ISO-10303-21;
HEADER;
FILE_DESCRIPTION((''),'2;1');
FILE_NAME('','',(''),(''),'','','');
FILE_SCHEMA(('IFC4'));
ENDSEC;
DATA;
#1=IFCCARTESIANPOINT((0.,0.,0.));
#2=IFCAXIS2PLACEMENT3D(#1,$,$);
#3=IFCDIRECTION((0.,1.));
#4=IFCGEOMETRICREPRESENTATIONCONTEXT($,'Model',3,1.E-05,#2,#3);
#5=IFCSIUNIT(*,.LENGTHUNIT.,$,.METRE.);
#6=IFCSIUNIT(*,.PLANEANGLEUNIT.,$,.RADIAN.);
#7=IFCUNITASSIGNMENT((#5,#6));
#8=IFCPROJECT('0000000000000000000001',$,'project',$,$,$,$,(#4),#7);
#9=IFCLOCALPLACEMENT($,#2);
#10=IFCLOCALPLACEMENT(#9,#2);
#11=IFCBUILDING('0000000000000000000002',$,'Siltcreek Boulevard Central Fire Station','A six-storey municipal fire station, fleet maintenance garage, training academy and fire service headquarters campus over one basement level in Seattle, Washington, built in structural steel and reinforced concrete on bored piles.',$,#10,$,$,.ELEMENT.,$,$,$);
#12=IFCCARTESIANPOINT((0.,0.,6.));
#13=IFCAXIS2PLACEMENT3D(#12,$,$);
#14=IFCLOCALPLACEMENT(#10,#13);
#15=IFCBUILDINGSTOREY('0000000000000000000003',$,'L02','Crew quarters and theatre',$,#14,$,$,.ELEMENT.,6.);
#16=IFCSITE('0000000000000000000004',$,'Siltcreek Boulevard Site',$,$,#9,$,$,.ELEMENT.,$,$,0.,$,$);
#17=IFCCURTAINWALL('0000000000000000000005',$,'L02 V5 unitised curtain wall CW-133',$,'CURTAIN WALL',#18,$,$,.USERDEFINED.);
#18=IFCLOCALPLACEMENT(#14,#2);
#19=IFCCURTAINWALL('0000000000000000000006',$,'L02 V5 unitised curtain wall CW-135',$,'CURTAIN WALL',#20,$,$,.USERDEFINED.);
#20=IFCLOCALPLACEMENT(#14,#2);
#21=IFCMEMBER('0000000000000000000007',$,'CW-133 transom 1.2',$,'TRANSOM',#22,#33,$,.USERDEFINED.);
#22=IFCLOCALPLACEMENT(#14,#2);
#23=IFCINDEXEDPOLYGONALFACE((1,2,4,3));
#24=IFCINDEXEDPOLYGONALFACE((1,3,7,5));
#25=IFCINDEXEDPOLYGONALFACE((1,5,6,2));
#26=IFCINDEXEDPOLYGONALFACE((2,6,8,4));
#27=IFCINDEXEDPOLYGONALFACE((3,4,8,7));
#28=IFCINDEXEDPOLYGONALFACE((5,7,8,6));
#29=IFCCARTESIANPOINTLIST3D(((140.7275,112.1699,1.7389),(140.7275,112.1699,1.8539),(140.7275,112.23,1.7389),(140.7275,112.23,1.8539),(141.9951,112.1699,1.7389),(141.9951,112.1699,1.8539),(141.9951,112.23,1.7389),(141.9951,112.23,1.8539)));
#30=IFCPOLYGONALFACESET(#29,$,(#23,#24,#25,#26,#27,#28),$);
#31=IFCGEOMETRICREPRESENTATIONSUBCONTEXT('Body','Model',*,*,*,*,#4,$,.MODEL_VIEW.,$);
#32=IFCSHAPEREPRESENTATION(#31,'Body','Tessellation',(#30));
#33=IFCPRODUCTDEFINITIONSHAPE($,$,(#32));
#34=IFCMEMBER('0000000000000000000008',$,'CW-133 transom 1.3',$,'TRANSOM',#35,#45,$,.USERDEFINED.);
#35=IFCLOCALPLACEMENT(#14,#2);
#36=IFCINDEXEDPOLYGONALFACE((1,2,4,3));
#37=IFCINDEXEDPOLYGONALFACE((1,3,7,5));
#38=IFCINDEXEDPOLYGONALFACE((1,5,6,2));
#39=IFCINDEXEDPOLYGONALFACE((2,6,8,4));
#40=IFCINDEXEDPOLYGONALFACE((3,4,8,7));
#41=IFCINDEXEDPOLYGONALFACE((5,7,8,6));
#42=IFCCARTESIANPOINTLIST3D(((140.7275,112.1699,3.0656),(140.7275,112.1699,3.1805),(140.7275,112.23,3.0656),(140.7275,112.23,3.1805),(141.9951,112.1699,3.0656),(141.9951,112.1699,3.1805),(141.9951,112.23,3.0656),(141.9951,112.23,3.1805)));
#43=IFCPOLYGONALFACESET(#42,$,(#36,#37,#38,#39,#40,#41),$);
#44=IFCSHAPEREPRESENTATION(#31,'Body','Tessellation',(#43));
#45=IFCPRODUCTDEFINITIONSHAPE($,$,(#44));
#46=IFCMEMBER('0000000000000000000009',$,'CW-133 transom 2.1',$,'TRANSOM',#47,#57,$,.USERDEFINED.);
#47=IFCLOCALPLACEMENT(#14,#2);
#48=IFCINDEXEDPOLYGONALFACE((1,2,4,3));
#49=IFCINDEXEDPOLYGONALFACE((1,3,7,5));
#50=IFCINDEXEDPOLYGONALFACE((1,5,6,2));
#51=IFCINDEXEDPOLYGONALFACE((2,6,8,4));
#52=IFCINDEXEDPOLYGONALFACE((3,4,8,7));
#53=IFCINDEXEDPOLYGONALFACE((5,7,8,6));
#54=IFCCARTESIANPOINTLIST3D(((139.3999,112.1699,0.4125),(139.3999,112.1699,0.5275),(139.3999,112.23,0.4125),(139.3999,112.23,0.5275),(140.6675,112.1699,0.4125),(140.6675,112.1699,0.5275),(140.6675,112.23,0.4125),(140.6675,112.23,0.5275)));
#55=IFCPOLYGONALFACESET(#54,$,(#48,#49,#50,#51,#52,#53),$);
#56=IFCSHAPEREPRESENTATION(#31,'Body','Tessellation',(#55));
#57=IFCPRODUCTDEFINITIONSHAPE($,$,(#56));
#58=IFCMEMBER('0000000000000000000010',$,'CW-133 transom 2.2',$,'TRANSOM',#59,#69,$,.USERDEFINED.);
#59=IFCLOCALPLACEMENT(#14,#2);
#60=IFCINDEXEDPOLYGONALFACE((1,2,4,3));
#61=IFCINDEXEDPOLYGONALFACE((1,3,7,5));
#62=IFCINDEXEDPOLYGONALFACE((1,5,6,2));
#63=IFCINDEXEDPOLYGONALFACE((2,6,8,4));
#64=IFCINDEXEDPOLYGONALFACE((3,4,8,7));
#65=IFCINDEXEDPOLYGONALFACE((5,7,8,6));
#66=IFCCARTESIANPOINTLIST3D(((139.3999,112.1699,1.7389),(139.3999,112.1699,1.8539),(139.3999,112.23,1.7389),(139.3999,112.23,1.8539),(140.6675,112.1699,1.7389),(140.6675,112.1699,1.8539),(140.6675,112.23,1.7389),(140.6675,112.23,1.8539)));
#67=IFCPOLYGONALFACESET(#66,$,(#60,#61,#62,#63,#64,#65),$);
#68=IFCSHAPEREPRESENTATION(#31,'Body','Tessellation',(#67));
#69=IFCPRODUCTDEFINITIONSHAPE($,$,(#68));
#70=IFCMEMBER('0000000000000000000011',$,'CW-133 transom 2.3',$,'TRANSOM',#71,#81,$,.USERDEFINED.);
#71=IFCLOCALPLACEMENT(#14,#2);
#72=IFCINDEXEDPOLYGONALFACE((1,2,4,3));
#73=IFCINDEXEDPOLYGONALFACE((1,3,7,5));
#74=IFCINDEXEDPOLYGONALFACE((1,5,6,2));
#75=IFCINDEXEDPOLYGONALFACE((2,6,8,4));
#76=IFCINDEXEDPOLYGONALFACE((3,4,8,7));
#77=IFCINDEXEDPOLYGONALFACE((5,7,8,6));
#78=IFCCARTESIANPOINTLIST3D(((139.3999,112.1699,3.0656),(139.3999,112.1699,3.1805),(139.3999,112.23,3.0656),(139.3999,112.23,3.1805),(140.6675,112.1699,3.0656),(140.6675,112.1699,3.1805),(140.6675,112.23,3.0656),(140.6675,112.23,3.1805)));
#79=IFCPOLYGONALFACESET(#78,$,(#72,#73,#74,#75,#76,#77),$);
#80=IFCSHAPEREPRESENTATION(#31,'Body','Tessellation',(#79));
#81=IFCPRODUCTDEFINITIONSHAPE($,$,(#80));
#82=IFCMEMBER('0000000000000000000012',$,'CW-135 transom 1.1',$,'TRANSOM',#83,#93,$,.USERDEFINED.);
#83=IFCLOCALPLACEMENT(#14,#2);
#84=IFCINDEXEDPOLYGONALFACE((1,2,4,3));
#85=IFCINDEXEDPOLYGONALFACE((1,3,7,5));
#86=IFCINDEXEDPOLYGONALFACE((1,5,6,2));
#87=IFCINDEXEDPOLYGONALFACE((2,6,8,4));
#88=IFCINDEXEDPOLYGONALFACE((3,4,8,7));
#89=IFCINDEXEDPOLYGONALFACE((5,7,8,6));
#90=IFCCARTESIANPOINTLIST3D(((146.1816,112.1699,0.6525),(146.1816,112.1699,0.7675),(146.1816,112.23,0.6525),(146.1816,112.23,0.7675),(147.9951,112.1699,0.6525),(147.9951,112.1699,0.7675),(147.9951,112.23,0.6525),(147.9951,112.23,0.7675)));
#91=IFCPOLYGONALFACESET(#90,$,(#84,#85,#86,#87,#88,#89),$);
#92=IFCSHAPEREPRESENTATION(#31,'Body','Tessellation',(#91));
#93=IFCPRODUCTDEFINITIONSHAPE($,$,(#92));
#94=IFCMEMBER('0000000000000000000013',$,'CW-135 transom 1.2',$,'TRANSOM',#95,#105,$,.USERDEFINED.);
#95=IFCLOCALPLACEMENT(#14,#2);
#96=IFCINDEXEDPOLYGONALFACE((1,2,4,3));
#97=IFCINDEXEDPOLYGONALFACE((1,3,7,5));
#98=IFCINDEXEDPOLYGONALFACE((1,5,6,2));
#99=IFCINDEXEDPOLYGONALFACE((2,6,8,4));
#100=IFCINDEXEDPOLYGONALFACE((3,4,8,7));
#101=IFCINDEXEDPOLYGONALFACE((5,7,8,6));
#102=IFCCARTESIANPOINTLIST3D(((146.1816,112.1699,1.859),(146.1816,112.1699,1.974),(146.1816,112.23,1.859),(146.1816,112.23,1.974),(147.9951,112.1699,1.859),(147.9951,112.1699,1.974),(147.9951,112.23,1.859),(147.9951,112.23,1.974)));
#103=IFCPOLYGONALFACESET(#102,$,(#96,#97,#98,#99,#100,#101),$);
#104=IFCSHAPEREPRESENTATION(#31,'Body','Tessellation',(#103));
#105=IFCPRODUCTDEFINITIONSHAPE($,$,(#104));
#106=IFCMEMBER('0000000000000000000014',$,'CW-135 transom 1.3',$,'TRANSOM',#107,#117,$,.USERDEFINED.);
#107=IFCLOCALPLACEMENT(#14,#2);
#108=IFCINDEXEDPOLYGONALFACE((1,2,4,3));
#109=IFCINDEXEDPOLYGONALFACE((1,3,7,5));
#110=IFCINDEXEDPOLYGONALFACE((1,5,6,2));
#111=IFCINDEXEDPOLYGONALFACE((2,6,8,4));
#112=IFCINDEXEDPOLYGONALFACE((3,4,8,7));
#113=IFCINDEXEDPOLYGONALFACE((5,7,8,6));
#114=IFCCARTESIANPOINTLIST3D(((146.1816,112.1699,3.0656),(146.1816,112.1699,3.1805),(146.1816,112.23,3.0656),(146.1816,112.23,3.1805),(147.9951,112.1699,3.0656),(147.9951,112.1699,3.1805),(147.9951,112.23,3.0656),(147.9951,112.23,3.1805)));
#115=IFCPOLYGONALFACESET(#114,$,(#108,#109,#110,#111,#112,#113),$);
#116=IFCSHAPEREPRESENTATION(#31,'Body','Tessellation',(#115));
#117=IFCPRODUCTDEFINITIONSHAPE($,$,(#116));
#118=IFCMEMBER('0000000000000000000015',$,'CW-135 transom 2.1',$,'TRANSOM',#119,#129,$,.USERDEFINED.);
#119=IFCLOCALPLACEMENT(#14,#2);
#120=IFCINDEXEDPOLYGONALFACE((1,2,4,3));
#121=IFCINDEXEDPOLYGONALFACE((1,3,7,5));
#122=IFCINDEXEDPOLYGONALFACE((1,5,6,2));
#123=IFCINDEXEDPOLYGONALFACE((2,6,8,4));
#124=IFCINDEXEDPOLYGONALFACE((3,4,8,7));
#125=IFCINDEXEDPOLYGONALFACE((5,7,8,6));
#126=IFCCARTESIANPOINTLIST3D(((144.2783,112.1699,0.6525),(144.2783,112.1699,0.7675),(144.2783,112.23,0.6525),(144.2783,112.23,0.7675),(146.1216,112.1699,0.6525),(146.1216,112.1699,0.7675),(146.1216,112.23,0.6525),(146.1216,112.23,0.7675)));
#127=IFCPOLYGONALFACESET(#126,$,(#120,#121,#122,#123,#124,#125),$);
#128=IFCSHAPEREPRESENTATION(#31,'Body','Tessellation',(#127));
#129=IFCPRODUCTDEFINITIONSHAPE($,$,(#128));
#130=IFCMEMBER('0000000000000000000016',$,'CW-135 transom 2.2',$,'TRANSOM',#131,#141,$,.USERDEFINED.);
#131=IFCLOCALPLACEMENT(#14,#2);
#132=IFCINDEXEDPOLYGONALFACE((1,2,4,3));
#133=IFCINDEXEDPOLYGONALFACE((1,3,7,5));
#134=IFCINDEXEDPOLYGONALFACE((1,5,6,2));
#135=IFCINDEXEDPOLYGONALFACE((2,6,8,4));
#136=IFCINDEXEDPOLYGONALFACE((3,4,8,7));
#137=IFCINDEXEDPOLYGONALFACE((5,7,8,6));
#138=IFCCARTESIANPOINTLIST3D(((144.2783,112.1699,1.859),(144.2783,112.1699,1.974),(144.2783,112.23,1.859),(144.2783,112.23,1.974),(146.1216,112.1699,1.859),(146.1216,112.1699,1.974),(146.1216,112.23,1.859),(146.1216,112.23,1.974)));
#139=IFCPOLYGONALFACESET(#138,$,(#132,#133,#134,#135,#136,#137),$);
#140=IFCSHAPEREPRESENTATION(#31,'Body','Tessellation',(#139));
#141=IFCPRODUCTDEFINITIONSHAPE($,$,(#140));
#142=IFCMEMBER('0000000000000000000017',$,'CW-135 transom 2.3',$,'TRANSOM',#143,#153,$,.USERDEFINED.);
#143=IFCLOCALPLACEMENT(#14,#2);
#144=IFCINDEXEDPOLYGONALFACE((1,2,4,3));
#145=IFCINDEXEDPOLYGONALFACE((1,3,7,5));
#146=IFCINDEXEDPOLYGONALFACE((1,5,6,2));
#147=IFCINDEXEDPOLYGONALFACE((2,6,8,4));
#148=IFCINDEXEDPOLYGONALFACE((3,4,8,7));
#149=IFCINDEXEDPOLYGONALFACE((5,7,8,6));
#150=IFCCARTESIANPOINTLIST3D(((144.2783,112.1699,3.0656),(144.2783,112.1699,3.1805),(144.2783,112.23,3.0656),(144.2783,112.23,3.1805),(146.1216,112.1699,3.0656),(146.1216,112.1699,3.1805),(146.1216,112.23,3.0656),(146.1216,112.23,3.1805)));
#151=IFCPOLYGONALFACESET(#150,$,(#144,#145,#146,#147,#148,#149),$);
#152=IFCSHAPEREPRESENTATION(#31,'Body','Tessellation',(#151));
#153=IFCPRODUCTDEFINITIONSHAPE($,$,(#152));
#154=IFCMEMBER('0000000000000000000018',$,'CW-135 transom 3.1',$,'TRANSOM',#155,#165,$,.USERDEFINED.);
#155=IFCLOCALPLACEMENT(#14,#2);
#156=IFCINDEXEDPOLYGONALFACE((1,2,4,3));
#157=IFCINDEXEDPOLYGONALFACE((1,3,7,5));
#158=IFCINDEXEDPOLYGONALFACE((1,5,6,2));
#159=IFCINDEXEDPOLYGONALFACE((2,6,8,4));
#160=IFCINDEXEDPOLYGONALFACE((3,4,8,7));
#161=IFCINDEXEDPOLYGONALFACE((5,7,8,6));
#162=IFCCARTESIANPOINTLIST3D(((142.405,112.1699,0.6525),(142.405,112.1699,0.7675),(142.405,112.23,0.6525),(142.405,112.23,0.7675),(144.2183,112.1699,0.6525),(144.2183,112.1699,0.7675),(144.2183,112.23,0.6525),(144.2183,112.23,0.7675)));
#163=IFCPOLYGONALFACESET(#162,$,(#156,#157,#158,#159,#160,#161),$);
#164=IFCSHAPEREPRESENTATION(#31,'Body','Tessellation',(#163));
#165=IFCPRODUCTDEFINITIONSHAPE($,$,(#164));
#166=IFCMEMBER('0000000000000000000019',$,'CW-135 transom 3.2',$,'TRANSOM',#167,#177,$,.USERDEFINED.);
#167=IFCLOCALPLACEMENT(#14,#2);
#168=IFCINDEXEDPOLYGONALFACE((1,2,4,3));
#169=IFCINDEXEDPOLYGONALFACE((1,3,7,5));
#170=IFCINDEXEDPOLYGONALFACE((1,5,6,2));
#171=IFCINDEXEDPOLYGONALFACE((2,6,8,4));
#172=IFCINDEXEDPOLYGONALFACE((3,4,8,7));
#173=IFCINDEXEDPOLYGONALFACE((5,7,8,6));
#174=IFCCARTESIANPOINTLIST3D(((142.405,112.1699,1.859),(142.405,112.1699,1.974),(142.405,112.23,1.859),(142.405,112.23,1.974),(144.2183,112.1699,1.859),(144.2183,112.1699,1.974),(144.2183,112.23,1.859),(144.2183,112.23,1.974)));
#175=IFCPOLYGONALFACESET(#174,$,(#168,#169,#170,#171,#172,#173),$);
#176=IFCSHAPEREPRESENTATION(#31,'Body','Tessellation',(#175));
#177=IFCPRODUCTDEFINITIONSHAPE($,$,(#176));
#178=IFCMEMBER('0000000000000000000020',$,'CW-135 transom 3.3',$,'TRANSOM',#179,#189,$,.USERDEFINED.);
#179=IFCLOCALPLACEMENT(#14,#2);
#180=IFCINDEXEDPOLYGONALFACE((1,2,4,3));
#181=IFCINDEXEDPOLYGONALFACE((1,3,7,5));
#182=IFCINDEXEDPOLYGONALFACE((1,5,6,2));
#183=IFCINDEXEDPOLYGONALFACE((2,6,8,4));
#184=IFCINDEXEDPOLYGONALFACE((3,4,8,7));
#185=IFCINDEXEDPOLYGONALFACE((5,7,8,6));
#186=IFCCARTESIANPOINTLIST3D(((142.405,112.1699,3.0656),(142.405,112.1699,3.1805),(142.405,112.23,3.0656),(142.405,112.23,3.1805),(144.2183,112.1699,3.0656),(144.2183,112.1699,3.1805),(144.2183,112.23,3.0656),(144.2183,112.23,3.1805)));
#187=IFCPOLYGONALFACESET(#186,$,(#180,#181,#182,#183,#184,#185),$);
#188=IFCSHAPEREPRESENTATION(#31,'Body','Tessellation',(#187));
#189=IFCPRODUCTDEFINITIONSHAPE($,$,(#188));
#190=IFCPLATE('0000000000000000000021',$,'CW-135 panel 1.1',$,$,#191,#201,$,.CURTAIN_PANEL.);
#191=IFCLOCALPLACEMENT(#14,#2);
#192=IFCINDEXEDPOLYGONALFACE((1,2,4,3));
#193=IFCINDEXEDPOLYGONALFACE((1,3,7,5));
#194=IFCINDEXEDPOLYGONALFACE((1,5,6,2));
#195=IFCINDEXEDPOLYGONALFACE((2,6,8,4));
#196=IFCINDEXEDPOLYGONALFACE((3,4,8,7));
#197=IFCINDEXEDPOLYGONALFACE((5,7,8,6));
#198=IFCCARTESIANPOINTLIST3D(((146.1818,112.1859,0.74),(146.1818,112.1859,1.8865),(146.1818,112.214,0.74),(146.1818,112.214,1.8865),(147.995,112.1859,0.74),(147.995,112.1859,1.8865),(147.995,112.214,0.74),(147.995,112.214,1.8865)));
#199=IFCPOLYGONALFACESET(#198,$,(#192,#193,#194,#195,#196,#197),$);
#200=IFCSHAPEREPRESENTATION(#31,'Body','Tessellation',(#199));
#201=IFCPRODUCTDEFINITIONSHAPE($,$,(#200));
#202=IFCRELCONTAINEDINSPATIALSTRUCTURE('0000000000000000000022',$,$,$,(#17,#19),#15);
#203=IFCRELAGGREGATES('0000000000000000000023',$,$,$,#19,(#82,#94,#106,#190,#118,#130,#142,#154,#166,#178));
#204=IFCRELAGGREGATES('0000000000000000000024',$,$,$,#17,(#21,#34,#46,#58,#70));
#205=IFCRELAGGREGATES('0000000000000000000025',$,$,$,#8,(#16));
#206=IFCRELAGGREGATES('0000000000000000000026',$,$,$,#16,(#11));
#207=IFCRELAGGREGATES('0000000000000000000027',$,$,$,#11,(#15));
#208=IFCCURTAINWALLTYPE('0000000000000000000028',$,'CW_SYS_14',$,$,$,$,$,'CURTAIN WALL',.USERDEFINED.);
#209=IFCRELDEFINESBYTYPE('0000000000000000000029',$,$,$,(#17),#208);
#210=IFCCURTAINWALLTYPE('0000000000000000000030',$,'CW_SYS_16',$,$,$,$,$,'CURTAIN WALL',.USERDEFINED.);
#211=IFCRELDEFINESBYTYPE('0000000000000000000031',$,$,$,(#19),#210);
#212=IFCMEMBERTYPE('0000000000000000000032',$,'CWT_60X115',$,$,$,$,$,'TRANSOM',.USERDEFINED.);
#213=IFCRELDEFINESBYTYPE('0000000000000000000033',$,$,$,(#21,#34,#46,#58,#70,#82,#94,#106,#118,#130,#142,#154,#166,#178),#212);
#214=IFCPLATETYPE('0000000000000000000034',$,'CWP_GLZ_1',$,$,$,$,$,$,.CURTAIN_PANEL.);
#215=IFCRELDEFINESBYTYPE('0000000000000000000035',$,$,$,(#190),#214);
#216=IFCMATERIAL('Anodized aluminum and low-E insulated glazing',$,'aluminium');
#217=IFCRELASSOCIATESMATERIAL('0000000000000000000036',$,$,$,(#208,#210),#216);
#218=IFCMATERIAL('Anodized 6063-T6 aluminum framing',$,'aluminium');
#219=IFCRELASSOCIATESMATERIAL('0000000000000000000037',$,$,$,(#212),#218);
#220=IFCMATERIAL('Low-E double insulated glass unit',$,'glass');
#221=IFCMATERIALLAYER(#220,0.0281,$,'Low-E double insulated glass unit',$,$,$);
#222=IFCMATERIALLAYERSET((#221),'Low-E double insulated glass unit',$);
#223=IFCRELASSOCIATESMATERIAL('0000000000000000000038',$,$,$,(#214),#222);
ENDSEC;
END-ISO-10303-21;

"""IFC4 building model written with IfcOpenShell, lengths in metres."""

from ifc_helpers import new_model, si_unit, direction, frame, origin, origin_2d, place, context, subcontext, project, spatial, rectangle, extrude, material, layer, layer_set, material_profile, profile_set, type_object, element, aggregate, save


model = new_model("IFC4")

# Units and contexts
model_context = context("Model", 3, precision=1e-05, world=origin(), true_north=direction((0.0, 1.0)))
body_context = subcontext(model_context, "Body", "Model", "MODEL_VIEW")
ifc_project = project(units=[si_unit("LENGTHUNIT", "METRE"), si_unit("PLANEANGLEUNIT", "RADIAN")], contexts=[model_context])

# Site, building, storey
site_placement = place(None, origin())
site = spatial("IfcSite", under=ifc_project, at=site_placement, Name="Siltcreek Boulevard Site", CompositionType="ELEMENT", RefElevation=0.0)
building_placement = place(site_placement, origin())
building = spatial("IfcBuilding", under=site, at=building_placement, Name="Siltcreek Boulevard Central Fire Station", Description="A six-storey municipal fire station, fleet maintenance garage, training academy and fire service headquarters campus over one basement level in Seattle, Washington, built in structural steel and reinforced concrete on bored piles.", CompositionType="ELEMENT")
storey_placement = place(building_placement, frame((0.0, 0.0, 6.0)))
storey = spatial("IfcBuildingStorey", under=building, at=storey_placement, Name="L02", Description="Crew quarters and theatre", CompositionType="ELEMENT", Elevation=6.0)

# Curtain walls
ifc_material_1 = material(Name="Anodized aluminum and low-E insulated glazing", Category="aluminium")
curtain_wall_type_1 = type_object("IfcCurtainWallType", Name="CW_SYS_14", ElementType="CURTAIN WALL", PredefinedType="USERDEFINED", material=ifc_material_1)
curtain_wall_1_placement = place(storey_placement, origin())
curtain_wall_1 = element("IfcCurtainWall", 1, at=curtain_wall_1_placement, inside=storey, type_object=curtain_wall_type_1, Name="L02 V5 unitised curtain wall CW-133", ObjectType="CURTAIN WALL", PredefinedType="USERDEFINED")
ifc_material_2 = material(Name="Anodized 6063-T6 aluminum framing", Category="aluminium")
curtain_wall_type_2 = type_object("IfcCurtainWallType", Name="CW_SYS_16", ElementType="CURTAIN WALL", PredefinedType="USERDEFINED", material=ifc_material_1)
curtain_wall_2_placement = place(storey_placement, origin())
curtain_wall_2 = element("IfcCurtainWall", 2, at=curtain_wall_2_placement, inside=storey, type_object=curtain_wall_type_2, Name="L02 V5 unitised curtain wall CW-135", ObjectType="CURTAIN WALL", PredefinedType="USERDEFINED")

# Members
ifc_material_profile_1 = material_profile(ifc_material_2, rectangle(XDim=0.0601, YDim=0.115, at=origin_2d()), Name="TRAN60X115")
ifc_profile_set_1 = profile_set([ifc_material_profile_1], Name="Anodized 6063-T6 aluminum framing")
member_type_1 = type_object("IfcMemberType", Name="CWT_60X115", ElementType="TRANSOM", PredefinedType="USERDEFINED", material=ifc_profile_set_1)
member_1_placement = place(storey_placement, frame((141.9951, 112.2, 1.7964), z_axis=(-1.0, 0.0, 0.0), x_axis=(0.0, -1.0, 0.0)))
member_1 = element("IfcMember", 3, at=member_1_placement, type_object=member_type_1, Name="CW-133 transom 1.2", ObjectType="TRANSOM", PredefinedType="USERDEFINED", context=body_context, shape_type="SweptSolid", body=[
    extrude(rectangle(XDim=0.0601, YDim=0.115, at=origin_2d()), origin(), (0.0, 0.0, 1.0), 1.2676),
])
member_2_placement = place(storey_placement, frame((141.9951, 112.2, 3.123), z_axis=(-1.0, 0.0, 0.0), x_axis=(0.0, -1.0, 0.0)))
member_2 = element("IfcMember", 4, at=member_2_placement, type_object=member_type_1, Name="CW-133 transom 1.3", ObjectType="TRANSOM", PredefinedType="USERDEFINED", context=body_context, shape_type="SweptSolid", body=[
    extrude(rectangle(XDim=0.0601, YDim=0.115, at=origin_2d()), origin(), (0.0, 0.0, 1.0), 1.2676),
])
member_3_placement = place(storey_placement, frame((140.6675, 112.2, 0.47), z_axis=(-1.0, 0.0, 0.0), x_axis=(0.0, -1.0, 0.0)))
member_3 = element("IfcMember", 5, at=member_3_placement, type_object=member_type_1, Name="CW-133 transom 2.1", ObjectType="TRANSOM", PredefinedType="USERDEFINED", context=body_context, shape_type="SweptSolid", body=[
    extrude(rectangle(XDim=0.0601, YDim=0.115, at=origin_2d()), origin(), (0.0, 0.0, 1.0), 1.2676),
])
member_4_placement = place(storey_placement, frame((140.6675, 112.2, 1.7964), z_axis=(-1.0, 0.0, 0.0), x_axis=(0.0, -1.0, 0.0)))
member_4 = element("IfcMember", 6, at=member_4_placement, type_object=member_type_1, Name="CW-133 transom 2.2", ObjectType="TRANSOM", PredefinedType="USERDEFINED", context=body_context, shape_type="SweptSolid", body=[
    extrude(rectangle(XDim=0.0601, YDim=0.115, at=origin_2d()), origin(), (0.0, 0.0, 1.0), 1.2676),
])
member_5_placement = place(storey_placement, frame((140.6675, 112.2, 3.123), z_axis=(-1.0, 0.0, 0.0), x_axis=(0.0, -1.0, 0.0)))
member_5 = element("IfcMember", 7, at=member_5_placement, type_object=member_type_1, Name="CW-133 transom 2.3", ObjectType="TRANSOM", PredefinedType="USERDEFINED", context=body_context, shape_type="SweptSolid", body=[
    extrude(rectangle(XDim=0.0601, YDim=0.115, at=origin_2d()), origin(), (0.0, 0.0, 1.0), 1.2676),
])
member_6_placement = place(storey_placement, frame((147.9951, 112.2, 0.71), z_axis=(-1.0, 0.0, 0.0), x_axis=(0.0, -1.0, 0.0)))
member_6 = element("IfcMember", 8, at=member_6_placement, type_object=member_type_1, Name="CW-135 transom 1.1", ObjectType="TRANSOM", PredefinedType="USERDEFINED", context=body_context, shape_type="SweptSolid", body=[
    extrude(rectangle(XDim=0.0601, YDim=0.115, at=origin_2d()), origin(), (0.0, 0.0, 1.0), 1.8135),
])
member_7_placement = place(storey_placement, frame((147.9951, 112.2, 1.9165), z_axis=(-1.0, 0.0, 0.0), x_axis=(0.0, -1.0, 0.0)))
member_7 = element("IfcMember", 9, at=member_7_placement, type_object=member_type_1, Name="CW-135 transom 1.2", ObjectType="TRANSOM", PredefinedType="USERDEFINED", context=body_context, shape_type="SweptSolid", body=[
    extrude(rectangle(XDim=0.0601, YDim=0.115, at=origin_2d()), origin(), (0.0, 0.0, 1.0), 1.8135),
])
member_8_placement = place(storey_placement, frame((147.9951, 112.2, 3.123), z_axis=(-1.0, 0.0, 0.0), x_axis=(0.0, -1.0, 0.0)))
member_8 = element("IfcMember", 10, at=member_8_placement, type_object=member_type_1, Name="CW-135 transom 1.3", ObjectType="TRANSOM", PredefinedType="USERDEFINED", context=body_context, shape_type="SweptSolid", body=[
    extrude(rectangle(XDim=0.0601, YDim=0.115, at=origin_2d()), origin(), (0.0, 0.0, 1.0), 1.8135),
])
member_9_placement = place(storey_placement, frame((146.1216, 112.2, 0.71), z_axis=(-1.0, 0.0, 0.0), x_axis=(0.0, -1.0, 0.0)))
member_9 = element("IfcMember", 11, at=member_9_placement, type_object=member_type_1, Name="CW-135 transom 2.1", ObjectType="TRANSOM", PredefinedType="USERDEFINED", context=body_context, shape_type="SweptSolid", body=[
    extrude(rectangle(XDim=0.0601, YDim=0.115, at=origin_2d()), origin(), (0.0, 0.0, 1.0), 1.8433),
])
member_10_placement = place(storey_placement, frame((146.1216, 112.2, 1.9165), z_axis=(-1.0, 0.0, 0.0), x_axis=(0.0, -1.0, 0.0)))
member_10 = element("IfcMember", 12, at=member_10_placement, type_object=member_type_1, Name="CW-135 transom 2.2", ObjectType="TRANSOM", PredefinedType="USERDEFINED", context=body_context, shape_type="SweptSolid", body=[
    extrude(rectangle(XDim=0.0601, YDim=0.115, at=origin_2d()), origin(), (0.0, 0.0, 1.0), 1.8433),
])
member_11_placement = place(storey_placement, frame((146.1216, 112.2, 3.123), z_axis=(-1.0, 0.0, 0.0), x_axis=(0.0, -1.0, 0.0)))
member_11 = element("IfcMember", 13, at=member_11_placement, type_object=member_type_1, Name="CW-135 transom 2.3", ObjectType="TRANSOM", PredefinedType="USERDEFINED", context=body_context, shape_type="SweptSolid", body=[
    extrude(rectangle(XDim=0.0601, YDim=0.115, at=origin_2d()), origin(), (0.0, 0.0, 1.0), 1.8433),
])
member_12_placement = place(storey_placement, frame((144.2183, 112.2, 0.71), z_axis=(-1.0, 0.0, 0.0), x_axis=(0.0, -1.0, 0.0)))
member_12 = element("IfcMember", 14, at=member_12_placement, type_object=member_type_1, Name="CW-135 transom 3.1", ObjectType="TRANSOM", PredefinedType="USERDEFINED", context=body_context, shape_type="SweptSolid", body=[
    extrude(rectangle(XDim=0.0601, YDim=0.115, at=origin_2d()), origin(), (0.0, 0.0, 1.0), 1.8132),
])
member_13_placement = place(storey_placement, frame((144.2183, 112.2, 1.9165), z_axis=(-1.0, 0.0, 0.0), x_axis=(0.0, -1.0, 0.0)))
member_13 = element("IfcMember", 15, at=member_13_placement, type_object=member_type_1, Name="CW-135 transom 3.2", ObjectType="TRANSOM", PredefinedType="USERDEFINED", context=body_context, shape_type="SweptSolid", body=[
    extrude(rectangle(XDim=0.0601, YDim=0.115, at=origin_2d()), origin(), (0.0, 0.0, 1.0), 1.8132),
])
member_14_placement = place(storey_placement, frame((144.2183, 112.2, 3.123), z_axis=(-1.0, 0.0, 0.0), x_axis=(0.0, -1.0, 0.0)))
member_14 = element("IfcMember", 16, at=member_14_placement, type_object=member_type_1, Name="CW-135 transom 3.3", ObjectType="TRANSOM", PredefinedType="USERDEFINED", context=body_context, shape_type="SweptSolid", body=[
    extrude(rectangle(XDim=0.0601, YDim=0.115, at=origin_2d()), origin(), (0.0, 0.0, 1.0), 1.8132),
])

# Plate
ifc_material_3 = material(Name="Low-E double insulated glass unit", Category="glass")
ifc_layer_1 = layer(ifc_material_3, 0.0281, Name="Low-E double insulated glass unit")
ifc_layer_set_1 = layer_set([ifc_layer_1], Name="Low-E double insulated glass unit")
plate_type_1 = type_object("IfcPlateType", Name="CWP_GLZ_1", PredefinedType="CURTAIN_PANEL", material=ifc_layer_set_1)
plate_1_placement = place(storey_placement, frame((147.0884, 112.2, 0.74), z_axis=(0.0, 0.0, 1.0), x_axis=(-1.0, 0.0, 0.0)))
plate_1 = element("IfcPlate", 17, at=plate_1_placement, type_object=plate_type_1, Name="CW-135 panel 1.1", PredefinedType="CURTAIN_PANEL", context=body_context, shape_type="SweptSolid", body=[
    extrude(rectangle(XDim=1.8132, YDim=0.0281, at=origin_2d()), origin(), (0.0, 0.0, 1.0), 1.1465),
])
aggregate(curtain_wall_2, [member_6, member_7, member_8, plate_1, member_9, member_10, member_11, member_12, member_13, member_14])
aggregate(curtain_wall_1, [member_1, member_2, member_3, member_4, member_5])

save(model, "model.ifc")
